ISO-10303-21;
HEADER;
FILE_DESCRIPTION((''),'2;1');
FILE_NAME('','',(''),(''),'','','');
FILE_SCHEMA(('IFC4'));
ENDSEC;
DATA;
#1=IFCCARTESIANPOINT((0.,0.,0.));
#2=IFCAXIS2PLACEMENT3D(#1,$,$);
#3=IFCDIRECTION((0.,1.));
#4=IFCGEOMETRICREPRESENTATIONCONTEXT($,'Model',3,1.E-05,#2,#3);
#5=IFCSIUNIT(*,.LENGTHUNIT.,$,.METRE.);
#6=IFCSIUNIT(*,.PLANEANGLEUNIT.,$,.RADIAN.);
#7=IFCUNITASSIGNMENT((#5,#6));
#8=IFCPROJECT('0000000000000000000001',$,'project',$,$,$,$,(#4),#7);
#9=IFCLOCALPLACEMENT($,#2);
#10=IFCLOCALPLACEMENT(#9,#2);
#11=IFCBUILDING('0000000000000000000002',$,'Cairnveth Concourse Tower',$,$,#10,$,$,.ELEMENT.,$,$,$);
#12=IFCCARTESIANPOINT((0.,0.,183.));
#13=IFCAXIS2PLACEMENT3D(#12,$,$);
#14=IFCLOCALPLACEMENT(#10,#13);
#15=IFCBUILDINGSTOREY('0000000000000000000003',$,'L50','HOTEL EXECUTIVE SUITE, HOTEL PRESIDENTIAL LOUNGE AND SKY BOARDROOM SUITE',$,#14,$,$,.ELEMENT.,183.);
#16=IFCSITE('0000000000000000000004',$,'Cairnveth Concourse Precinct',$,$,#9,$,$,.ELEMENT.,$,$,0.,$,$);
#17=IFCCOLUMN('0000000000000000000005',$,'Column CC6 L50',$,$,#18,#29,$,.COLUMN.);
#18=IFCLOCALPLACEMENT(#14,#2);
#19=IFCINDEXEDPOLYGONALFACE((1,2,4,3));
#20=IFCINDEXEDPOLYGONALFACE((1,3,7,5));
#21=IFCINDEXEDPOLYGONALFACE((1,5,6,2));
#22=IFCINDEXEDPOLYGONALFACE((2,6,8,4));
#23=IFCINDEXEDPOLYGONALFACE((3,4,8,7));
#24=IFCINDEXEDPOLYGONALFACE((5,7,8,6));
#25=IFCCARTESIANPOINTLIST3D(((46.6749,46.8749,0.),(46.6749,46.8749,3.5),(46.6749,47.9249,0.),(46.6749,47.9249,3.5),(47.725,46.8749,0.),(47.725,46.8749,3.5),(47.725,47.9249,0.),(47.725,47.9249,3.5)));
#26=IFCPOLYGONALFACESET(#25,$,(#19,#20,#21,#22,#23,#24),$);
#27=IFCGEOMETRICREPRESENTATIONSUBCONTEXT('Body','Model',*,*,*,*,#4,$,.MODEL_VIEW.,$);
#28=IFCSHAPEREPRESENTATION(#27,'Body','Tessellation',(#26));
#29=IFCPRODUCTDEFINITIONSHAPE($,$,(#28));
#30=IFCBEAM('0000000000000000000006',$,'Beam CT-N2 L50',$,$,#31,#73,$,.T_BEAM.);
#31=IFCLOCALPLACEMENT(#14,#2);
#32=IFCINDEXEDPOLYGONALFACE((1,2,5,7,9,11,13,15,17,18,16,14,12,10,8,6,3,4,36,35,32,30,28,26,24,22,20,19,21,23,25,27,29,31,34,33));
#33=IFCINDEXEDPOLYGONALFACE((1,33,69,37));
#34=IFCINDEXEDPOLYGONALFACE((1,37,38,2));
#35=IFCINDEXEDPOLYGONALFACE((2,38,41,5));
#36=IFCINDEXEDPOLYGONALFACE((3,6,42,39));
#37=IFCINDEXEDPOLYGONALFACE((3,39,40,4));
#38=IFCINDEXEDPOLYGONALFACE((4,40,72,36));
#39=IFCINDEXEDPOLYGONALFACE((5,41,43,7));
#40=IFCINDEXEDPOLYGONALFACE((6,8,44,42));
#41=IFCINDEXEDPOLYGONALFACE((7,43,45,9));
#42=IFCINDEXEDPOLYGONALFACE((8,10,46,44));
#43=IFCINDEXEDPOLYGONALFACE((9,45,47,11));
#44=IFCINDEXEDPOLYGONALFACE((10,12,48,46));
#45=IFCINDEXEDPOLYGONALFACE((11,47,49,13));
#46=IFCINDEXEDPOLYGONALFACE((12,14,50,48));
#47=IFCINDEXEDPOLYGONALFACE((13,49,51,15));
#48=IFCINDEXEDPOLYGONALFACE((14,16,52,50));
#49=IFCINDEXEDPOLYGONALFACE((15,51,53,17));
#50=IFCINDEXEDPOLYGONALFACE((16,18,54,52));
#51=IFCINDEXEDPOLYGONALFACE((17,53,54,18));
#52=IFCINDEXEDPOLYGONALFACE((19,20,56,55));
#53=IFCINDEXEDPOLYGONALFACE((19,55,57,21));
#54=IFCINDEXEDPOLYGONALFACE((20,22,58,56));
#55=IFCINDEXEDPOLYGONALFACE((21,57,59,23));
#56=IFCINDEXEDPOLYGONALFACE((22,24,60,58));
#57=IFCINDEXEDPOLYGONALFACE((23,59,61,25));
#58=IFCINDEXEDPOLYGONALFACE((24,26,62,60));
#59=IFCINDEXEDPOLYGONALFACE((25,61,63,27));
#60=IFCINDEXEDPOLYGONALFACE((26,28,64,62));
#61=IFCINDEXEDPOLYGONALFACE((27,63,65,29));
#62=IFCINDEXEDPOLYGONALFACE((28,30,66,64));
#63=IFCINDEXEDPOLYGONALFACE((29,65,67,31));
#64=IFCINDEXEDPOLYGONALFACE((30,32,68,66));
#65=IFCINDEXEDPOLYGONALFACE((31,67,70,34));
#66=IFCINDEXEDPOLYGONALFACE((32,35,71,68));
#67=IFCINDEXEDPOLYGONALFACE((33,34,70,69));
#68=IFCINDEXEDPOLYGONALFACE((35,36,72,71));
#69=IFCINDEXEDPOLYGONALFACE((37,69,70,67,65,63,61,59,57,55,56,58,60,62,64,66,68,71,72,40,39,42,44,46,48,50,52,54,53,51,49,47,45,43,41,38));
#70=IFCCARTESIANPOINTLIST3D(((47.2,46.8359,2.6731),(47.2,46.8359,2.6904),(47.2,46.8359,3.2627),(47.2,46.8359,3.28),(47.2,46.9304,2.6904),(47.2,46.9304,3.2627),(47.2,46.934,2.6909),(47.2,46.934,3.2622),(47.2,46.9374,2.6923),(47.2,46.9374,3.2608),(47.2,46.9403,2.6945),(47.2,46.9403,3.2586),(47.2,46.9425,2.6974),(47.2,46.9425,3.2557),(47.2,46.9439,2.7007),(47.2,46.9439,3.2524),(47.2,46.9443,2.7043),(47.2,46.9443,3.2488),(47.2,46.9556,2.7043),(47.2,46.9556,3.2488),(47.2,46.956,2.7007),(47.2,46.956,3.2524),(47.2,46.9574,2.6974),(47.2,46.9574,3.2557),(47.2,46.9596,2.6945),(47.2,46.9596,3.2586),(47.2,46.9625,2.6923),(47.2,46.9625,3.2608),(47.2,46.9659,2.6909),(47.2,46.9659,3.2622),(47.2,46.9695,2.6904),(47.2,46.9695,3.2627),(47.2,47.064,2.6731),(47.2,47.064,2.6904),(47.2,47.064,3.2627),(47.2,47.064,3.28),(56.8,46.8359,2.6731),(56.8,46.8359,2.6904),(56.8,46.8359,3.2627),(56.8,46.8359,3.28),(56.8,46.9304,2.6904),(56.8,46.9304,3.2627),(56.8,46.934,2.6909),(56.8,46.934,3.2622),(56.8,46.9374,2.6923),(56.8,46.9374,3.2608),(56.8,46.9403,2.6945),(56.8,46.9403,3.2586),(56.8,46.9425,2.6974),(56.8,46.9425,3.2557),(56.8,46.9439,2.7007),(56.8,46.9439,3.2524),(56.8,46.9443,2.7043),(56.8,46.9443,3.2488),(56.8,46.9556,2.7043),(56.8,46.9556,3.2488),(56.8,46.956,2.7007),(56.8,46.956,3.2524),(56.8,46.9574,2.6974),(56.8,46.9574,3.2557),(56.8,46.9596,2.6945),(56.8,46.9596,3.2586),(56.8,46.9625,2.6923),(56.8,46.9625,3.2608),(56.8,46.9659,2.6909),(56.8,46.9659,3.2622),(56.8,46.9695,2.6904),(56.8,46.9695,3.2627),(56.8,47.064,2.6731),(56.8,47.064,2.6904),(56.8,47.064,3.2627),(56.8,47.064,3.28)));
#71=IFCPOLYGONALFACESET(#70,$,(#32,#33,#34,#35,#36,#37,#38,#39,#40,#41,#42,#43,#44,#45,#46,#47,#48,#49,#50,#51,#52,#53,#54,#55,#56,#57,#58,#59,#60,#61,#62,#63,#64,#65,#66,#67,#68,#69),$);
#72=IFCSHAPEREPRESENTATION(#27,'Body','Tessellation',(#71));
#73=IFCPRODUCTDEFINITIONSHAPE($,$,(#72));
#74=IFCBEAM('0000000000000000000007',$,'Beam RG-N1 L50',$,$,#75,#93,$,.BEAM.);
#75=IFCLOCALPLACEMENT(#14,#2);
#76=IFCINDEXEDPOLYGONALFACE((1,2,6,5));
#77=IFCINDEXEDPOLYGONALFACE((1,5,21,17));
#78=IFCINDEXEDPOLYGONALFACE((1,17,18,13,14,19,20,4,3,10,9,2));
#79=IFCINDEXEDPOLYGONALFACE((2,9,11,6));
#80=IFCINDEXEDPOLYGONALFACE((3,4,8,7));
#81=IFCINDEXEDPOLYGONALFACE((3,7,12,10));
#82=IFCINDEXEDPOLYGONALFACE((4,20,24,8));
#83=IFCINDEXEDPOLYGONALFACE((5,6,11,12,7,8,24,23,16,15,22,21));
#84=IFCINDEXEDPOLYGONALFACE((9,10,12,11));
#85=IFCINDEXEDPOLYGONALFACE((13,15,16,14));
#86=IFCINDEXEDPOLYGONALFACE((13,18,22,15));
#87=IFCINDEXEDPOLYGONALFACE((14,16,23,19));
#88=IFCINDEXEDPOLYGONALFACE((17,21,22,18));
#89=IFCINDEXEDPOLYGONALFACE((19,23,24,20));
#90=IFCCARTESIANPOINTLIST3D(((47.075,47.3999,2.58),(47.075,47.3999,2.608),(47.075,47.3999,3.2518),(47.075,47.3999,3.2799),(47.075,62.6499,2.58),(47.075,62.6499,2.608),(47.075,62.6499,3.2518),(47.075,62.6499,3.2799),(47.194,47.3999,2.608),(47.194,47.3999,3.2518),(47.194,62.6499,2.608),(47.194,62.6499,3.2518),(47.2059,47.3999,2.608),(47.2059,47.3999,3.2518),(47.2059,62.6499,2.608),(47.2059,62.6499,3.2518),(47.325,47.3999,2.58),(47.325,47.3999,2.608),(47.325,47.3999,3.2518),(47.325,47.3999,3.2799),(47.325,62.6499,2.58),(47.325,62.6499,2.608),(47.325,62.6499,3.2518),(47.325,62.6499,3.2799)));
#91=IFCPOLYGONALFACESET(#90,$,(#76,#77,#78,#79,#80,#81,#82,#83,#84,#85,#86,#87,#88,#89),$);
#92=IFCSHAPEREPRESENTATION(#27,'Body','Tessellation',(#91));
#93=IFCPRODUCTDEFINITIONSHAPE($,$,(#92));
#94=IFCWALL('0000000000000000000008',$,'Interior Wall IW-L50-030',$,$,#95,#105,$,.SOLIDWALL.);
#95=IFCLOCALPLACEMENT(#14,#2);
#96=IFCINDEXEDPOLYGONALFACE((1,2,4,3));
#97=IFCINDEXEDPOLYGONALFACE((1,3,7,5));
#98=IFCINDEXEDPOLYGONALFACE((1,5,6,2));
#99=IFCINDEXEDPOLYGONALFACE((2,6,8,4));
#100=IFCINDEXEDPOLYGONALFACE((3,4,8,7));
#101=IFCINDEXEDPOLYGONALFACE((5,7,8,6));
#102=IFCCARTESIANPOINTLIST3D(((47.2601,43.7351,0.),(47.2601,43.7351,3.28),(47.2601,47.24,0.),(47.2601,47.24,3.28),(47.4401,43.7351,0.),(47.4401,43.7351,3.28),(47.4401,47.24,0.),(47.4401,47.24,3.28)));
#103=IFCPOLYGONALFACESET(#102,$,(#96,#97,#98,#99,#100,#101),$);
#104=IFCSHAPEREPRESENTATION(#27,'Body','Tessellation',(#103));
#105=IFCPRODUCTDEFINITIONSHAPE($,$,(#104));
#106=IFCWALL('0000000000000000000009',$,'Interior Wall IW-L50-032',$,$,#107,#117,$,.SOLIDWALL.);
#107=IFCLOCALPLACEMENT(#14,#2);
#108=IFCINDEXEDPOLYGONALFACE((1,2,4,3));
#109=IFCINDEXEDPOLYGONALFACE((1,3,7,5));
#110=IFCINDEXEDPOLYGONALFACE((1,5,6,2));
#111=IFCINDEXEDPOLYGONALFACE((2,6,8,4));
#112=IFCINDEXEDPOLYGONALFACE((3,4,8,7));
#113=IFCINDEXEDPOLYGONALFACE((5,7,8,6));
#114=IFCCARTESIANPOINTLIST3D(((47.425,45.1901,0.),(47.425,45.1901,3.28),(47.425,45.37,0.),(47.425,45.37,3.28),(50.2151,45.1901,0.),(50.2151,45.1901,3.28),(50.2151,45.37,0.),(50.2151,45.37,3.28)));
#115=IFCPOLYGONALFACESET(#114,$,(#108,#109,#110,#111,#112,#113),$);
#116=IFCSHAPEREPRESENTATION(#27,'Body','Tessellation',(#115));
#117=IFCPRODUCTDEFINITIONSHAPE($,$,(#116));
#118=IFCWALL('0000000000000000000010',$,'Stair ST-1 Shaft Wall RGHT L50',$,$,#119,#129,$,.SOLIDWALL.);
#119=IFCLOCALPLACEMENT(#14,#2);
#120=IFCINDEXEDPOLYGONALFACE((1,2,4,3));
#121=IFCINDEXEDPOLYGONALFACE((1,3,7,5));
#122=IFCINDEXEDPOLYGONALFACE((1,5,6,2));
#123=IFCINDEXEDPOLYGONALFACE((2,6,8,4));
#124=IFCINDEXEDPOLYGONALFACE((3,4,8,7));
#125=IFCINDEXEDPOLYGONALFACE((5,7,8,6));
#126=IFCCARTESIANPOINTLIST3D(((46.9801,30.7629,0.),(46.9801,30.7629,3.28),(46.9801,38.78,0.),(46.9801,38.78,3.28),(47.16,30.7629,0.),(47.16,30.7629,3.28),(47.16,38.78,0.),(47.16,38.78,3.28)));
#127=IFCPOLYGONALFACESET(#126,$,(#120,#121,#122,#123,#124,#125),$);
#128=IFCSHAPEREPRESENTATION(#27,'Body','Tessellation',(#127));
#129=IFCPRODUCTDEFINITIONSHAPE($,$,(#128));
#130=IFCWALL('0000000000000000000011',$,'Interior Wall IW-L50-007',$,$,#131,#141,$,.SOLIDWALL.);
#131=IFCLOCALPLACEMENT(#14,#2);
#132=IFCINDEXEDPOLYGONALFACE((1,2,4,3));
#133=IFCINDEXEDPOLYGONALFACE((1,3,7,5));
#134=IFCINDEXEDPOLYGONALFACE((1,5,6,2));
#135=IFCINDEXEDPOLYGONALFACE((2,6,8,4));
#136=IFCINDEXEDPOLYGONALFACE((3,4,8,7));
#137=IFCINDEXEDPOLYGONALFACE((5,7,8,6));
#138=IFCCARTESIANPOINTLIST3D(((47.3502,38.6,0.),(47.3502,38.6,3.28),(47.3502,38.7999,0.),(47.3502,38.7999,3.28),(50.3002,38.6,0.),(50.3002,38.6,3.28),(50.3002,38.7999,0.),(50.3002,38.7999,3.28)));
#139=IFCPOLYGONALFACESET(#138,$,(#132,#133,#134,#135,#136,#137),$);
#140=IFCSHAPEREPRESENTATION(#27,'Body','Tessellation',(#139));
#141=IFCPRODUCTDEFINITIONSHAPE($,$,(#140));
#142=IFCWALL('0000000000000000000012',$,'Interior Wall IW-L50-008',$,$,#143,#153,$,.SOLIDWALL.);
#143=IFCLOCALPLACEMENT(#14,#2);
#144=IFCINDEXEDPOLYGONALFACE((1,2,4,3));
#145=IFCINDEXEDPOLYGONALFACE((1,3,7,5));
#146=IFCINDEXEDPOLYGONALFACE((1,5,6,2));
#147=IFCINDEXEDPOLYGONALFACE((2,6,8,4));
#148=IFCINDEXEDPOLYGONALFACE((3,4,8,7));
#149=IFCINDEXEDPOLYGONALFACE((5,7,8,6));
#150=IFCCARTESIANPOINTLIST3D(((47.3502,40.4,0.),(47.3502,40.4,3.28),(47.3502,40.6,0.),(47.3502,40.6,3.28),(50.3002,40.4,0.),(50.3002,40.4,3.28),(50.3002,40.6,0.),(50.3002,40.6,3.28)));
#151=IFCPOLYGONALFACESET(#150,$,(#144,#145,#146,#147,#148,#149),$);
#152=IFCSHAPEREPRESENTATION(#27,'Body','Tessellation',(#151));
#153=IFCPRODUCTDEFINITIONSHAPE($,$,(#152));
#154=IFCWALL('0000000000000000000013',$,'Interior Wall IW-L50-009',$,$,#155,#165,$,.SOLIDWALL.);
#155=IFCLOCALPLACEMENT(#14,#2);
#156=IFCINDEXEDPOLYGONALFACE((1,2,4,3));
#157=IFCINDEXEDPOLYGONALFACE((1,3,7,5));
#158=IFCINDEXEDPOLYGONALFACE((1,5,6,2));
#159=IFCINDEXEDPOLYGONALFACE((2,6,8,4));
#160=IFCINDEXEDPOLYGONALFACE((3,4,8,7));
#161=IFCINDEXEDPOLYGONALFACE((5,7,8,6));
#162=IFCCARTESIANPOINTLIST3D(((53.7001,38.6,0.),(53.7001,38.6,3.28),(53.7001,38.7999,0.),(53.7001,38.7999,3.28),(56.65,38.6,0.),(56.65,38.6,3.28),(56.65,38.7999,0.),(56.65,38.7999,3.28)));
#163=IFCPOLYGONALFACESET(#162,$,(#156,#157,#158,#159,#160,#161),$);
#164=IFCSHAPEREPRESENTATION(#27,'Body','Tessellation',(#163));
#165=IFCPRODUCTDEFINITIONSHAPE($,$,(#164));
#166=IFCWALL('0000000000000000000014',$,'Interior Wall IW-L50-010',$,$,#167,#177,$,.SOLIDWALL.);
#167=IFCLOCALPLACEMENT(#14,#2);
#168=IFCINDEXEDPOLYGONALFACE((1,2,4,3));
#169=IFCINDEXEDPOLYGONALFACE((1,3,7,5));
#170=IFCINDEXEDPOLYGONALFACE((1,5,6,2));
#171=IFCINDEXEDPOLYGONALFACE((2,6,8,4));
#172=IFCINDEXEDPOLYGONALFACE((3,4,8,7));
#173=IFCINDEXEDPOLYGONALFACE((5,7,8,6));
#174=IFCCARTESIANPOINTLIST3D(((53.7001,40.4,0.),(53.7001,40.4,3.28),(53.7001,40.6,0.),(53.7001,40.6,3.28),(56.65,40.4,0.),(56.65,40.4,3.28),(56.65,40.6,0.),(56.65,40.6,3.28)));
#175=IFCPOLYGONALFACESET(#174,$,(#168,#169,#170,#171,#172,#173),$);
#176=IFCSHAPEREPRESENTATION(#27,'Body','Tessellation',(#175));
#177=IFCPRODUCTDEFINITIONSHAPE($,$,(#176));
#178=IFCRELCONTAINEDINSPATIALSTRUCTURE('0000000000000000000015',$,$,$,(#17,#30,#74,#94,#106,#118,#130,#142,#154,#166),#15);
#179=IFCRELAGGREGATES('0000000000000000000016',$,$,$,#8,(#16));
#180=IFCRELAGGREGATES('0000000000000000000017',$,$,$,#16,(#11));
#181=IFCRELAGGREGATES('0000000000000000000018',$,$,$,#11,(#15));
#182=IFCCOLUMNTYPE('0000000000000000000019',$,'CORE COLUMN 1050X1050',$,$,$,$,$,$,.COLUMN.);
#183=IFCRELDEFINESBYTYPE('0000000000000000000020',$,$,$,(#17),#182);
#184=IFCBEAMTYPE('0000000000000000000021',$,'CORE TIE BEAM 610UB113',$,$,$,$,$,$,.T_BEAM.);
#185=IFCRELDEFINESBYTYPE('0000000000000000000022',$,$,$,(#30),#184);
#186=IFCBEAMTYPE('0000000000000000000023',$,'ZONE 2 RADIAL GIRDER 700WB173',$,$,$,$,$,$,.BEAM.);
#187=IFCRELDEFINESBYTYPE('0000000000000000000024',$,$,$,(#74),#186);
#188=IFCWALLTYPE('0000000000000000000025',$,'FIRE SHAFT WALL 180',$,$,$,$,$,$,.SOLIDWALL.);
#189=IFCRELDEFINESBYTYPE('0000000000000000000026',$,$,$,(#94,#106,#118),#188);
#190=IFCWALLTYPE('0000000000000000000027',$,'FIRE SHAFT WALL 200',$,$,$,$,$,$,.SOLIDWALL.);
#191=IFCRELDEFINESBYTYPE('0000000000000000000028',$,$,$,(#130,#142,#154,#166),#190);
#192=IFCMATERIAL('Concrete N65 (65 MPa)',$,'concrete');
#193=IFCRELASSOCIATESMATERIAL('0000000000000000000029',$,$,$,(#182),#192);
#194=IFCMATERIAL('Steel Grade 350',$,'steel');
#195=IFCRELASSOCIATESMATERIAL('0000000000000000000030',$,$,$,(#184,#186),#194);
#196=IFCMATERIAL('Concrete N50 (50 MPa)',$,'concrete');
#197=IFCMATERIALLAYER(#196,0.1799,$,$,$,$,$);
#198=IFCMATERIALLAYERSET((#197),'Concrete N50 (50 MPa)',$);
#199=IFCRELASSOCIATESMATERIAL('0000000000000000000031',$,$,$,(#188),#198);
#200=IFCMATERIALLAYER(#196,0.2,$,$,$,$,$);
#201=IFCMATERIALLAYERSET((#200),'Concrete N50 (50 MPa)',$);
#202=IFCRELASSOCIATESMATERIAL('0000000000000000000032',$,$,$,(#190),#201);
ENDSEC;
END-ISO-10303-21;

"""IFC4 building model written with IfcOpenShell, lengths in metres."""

from ifc_helpers import new_model, si_unit, direction, frame, frame_2d, origin, origin_2d, place, context, subcontext, project, spatial, rectangle, i_section, extrude, material, layer, layer_set, material_profile, profile_set, type_object, element, save


model = new_model("IFC4")

# Units and contexts
model_context = context("Model", 3, precision=1e-05, world=origin(), true_north=direction((0.0, 1.0)))
body_context = subcontext(model_context, "Body", "Model", "MODEL_VIEW")
ifc_project = project(units=[si_unit("LENGTHUNIT", "METRE"), si_unit("PLANEANGLEUNIT", "RADIAN")], contexts=[model_context])

# Site, building, storey
site_placement = place(None, origin())
site = spatial("IfcSite", under=ifc_project, at=site_placement, Name="Cairnveth Concourse Precinct", CompositionType="ELEMENT", RefElevation=0.0)
building_placement = place(site_placement, origin())
building = spatial("IfcBuilding", under=site, at=building_placement, Name="Cairnveth Concourse Tower", CompositionType="ELEMENT")
storey_placement = place(building_placement, frame((0.0, 0.0, 183.0)))
storey = spatial("IfcBuildingStorey", under=building, at=storey_placement, Name="L50", Description="HOTEL EXECUTIVE SUITE, HOTEL PRESIDENTIAL LOUNGE AND SKY BOARDROOM SUITE", CompositionType="ELEMENT", Elevation=183.0)

# Column
ifc_material_1 = material(Name="Concrete N65 (65 MPa)", Category="concrete")
ifc_material_profile_1 = material_profile(ifc_material_1, rectangle(XDim=1.05, YDim=1.05, at=origin_2d()), Name="RC-COL-1050x1050")
ifc_profile_set_1 = profile_set([ifc_material_profile_1], Name="Concrete N65 (65 MPa)")
column_type = type_object("IfcColumnType", Name="CORE COLUMN 1050X1050", PredefinedType="COLUMN", material=ifc_profile_set_1)
column_placement = place(storey_placement, frame((47.2, 47.3999, 0.0), z_axis=(0.0, 0.0, 1.0), x_axis=(1.0, 0.0, 0.0)))
element("IfcColumn", 1, at=column_placement, inside=storey, type_object=column_type, Name="Column CC6 L50", PredefinedType="COLUMN", context=body_context, shape_type="SweptSolid", body=[
    extrude(rectangle(XDim=1.05, YDim=1.05, at=origin_2d()), origin(), (0.0, 0.0, 1.0), 3.5),
])

# Beams
ifc_material_2 = material(Name="Steel Grade 350", Category="steel")
ifc_material_profile_2 = material_profile(ifc_material_2, i_section(OverallWidth=0.228, OverallDepth=0.6069, WebThickness=0.0112, FlangeThickness=0.0173, FilletRadius=0.0139, at=origin_2d()), Name="610UB113")
ifc_profile_set_2 = profile_set([ifc_material_profile_2], Name="Steel Grade 350")
beam_type_1 = type_object("IfcBeamType", Name="CORE TIE BEAM 610UB113", PredefinedType="T_BEAM", material=ifc_profile_set_2)
beam_1_placement = place(storey_placement, frame((47.2, 46.95, 2.9766), z_axis=(1.0, 0.0, 0.0), x_axis=(0.0, 1.0, 0.0)))
element("IfcBeam", 2, at=beam_1_placement, inside=storey, type_object=beam_type_1, Name="Beam CT-N2 L50", PredefinedType="T_BEAM", context=body_context, shape_type="SweptSolid", body=[
    extrude(i_section(OverallWidth=0.228, OverallDepth=0.6069, WebThickness=0.0112, FlangeThickness=0.0173, FilletRadius=0.0139, at=origin_2d()), origin(), (0.0, 0.0, 1.0), 9.6001),
])
ifc_material_profile_3 = material_profile(ifc_material_2, i_section(OverallWidth=0.25, OverallDepth=0.7, WebThickness=0.012, FlangeThickness=0.0281, at=origin_2d()), Name="700WB173")
ifc_profile_set_3 = profile_set([ifc_material_profile_3], Name="Steel Grade 350")
beam_type_2 = type_object("IfcBeamType", Name="ZONE 2 RADIAL GIRDER 700WB173", PredefinedType="BEAM", material=ifc_profile_set_3)
beam_2_placement = place(storey_placement, frame((47.2, 47.3999, 2.9299), z_axis=(0.0, 1.0, 0.0), x_axis=(-1.0, 0.0, 0.0)))
element("IfcBeam", 3, at=beam_2_placement, inside=storey, type_object=beam_type_2, Name="Beam RG-N1 L50", PredefinedType="BEAM", context=body_context, shape_type="SweptSolid", body=[
    extrude(i_section(OverallWidth=0.25, OverallDepth=0.7, WebThickness=0.012, FlangeThickness=0.0281, at=origin_2d()), origin(), (0.0, 0.0, 1.0), 15.25),
])

# Walls
ifc_material_3 = material(Name="Concrete N50 (50 MPa)", Category="concrete")
ifc_layer_1 = layer(ifc_material_3, 0.1799)
ifc_layer_set_1 = layer_set([ifc_layer_1], Name="Concrete N50 (50 MPa)")
wall_type_1 = type_object("IfcWallType", Name="FIRE SHAFT WALL 180", PredefinedType="SOLIDWALL", material=ifc_layer_set_1)
wall_1_placement = place(storey_placement, frame((47.3501, 43.7351, 0.0), z_axis=(0.0, 0.0, 1.0), x_axis=(0.0, 1.0, 0.0)))
element("IfcWall", 4, at=wall_1_placement, inside=storey, type_object=wall_type_1, Name="Interior Wall IW-L50-030", PredefinedType="SOLIDWALL", context=body_context, shape_type="SweptSolid", body=[
    extrude(rectangle(XDim=3.5049, YDim=0.1799, at=frame_2d((1.7524, 0.0))), origin(), (0.0, 0.0, 1.0), 3.28),
])
wall_2_placement = place(storey_placement, frame((47.425, 45.28, 0.0), z_axis=(0.0, 0.0, 1.0), x_axis=(1.0, 0.0, 0.0)))
element("IfcWall", 5, at=wall_2_placement, inside=storey, type_object=wall_type_1, Name="Interior Wall IW-L50-032", PredefinedType="SOLIDWALL", context=body_context, shape_type="SweptSolid", body=[
    extrude(rectangle(XDim=2.79, YDim=0.1799, at=frame_2d((1.395, 0.0))), origin(), (0.0, 0.0, 1.0), 3.28),
])
wall_3_placement = place(storey_placement, frame((47.0701, 38.78, 0.0), z_axis=(0.0, 0.0, 1.0), x_axis=(0.0, -1.0, 0.0)))
element("IfcWall", 6, at=wall_3_placement, inside=storey, type_object=wall_type_1, Name="Stair ST-1 Shaft Wall RGHT L50", PredefinedType="SOLIDWALL", context=body_context, shape_type="SweptSolid", body=[
    extrude(rectangle(XDim=8.0171, YDim=0.1799, at=frame_2d((4.0085, 0.0))), origin(), (0.0, 0.0, 1.0), 3.28),
])
ifc_layer_2 = layer(ifc_material_3, 0.2)
ifc_layer_set_2 = layer_set([ifc_layer_2], Name="Concrete N50 (50 MPa)")
wall_type_2 = type_object("IfcWallType", Name="FIRE SHAFT WALL 200", PredefinedType="SOLIDWALL", material=ifc_layer_set_2)
for number, where, z_axis, x_axis, name in (
    (7, (47.3501, 38.7, 0.0), (0.0, 0.0, 1.0), (1.0, 0.0, 0.0), "Interior Wall IW-L50-007"),
    (8, (47.3501, 40.5, 0.0), (0.0, 0.0, 1.0), (1.0, 0.0, 0.0), "Interior Wall IW-L50-008"),
    (9, (53.7, 38.7, 0.0), (0.0, 0.0, 1.0), (1.0, 0.0, 0.0), "Interior Wall IW-L50-009"),
    (10, (53.7, 40.5, 0.0), (0.0, 0.0, 1.0), (1.0, 0.0, 0.0), "Interior Wall IW-L50-010"),
):
    element("IfcWall", number, at=place(storey_placement, frame(where, z_axis=z_axis, x_axis=x_axis)), inside=storey, type_object=wall_type_2, Name=name, PredefinedType="SOLIDWALL", context=body_context, shape_type="SweptSolid", body=[
        extrude(rectangle(XDim=2.95, YDim=0.2, at=frame_2d((1.4751, 0.0))), origin(), (0.0, 0.0, 1.0), 3.28),
    ])

save(model, "model.ifc")
